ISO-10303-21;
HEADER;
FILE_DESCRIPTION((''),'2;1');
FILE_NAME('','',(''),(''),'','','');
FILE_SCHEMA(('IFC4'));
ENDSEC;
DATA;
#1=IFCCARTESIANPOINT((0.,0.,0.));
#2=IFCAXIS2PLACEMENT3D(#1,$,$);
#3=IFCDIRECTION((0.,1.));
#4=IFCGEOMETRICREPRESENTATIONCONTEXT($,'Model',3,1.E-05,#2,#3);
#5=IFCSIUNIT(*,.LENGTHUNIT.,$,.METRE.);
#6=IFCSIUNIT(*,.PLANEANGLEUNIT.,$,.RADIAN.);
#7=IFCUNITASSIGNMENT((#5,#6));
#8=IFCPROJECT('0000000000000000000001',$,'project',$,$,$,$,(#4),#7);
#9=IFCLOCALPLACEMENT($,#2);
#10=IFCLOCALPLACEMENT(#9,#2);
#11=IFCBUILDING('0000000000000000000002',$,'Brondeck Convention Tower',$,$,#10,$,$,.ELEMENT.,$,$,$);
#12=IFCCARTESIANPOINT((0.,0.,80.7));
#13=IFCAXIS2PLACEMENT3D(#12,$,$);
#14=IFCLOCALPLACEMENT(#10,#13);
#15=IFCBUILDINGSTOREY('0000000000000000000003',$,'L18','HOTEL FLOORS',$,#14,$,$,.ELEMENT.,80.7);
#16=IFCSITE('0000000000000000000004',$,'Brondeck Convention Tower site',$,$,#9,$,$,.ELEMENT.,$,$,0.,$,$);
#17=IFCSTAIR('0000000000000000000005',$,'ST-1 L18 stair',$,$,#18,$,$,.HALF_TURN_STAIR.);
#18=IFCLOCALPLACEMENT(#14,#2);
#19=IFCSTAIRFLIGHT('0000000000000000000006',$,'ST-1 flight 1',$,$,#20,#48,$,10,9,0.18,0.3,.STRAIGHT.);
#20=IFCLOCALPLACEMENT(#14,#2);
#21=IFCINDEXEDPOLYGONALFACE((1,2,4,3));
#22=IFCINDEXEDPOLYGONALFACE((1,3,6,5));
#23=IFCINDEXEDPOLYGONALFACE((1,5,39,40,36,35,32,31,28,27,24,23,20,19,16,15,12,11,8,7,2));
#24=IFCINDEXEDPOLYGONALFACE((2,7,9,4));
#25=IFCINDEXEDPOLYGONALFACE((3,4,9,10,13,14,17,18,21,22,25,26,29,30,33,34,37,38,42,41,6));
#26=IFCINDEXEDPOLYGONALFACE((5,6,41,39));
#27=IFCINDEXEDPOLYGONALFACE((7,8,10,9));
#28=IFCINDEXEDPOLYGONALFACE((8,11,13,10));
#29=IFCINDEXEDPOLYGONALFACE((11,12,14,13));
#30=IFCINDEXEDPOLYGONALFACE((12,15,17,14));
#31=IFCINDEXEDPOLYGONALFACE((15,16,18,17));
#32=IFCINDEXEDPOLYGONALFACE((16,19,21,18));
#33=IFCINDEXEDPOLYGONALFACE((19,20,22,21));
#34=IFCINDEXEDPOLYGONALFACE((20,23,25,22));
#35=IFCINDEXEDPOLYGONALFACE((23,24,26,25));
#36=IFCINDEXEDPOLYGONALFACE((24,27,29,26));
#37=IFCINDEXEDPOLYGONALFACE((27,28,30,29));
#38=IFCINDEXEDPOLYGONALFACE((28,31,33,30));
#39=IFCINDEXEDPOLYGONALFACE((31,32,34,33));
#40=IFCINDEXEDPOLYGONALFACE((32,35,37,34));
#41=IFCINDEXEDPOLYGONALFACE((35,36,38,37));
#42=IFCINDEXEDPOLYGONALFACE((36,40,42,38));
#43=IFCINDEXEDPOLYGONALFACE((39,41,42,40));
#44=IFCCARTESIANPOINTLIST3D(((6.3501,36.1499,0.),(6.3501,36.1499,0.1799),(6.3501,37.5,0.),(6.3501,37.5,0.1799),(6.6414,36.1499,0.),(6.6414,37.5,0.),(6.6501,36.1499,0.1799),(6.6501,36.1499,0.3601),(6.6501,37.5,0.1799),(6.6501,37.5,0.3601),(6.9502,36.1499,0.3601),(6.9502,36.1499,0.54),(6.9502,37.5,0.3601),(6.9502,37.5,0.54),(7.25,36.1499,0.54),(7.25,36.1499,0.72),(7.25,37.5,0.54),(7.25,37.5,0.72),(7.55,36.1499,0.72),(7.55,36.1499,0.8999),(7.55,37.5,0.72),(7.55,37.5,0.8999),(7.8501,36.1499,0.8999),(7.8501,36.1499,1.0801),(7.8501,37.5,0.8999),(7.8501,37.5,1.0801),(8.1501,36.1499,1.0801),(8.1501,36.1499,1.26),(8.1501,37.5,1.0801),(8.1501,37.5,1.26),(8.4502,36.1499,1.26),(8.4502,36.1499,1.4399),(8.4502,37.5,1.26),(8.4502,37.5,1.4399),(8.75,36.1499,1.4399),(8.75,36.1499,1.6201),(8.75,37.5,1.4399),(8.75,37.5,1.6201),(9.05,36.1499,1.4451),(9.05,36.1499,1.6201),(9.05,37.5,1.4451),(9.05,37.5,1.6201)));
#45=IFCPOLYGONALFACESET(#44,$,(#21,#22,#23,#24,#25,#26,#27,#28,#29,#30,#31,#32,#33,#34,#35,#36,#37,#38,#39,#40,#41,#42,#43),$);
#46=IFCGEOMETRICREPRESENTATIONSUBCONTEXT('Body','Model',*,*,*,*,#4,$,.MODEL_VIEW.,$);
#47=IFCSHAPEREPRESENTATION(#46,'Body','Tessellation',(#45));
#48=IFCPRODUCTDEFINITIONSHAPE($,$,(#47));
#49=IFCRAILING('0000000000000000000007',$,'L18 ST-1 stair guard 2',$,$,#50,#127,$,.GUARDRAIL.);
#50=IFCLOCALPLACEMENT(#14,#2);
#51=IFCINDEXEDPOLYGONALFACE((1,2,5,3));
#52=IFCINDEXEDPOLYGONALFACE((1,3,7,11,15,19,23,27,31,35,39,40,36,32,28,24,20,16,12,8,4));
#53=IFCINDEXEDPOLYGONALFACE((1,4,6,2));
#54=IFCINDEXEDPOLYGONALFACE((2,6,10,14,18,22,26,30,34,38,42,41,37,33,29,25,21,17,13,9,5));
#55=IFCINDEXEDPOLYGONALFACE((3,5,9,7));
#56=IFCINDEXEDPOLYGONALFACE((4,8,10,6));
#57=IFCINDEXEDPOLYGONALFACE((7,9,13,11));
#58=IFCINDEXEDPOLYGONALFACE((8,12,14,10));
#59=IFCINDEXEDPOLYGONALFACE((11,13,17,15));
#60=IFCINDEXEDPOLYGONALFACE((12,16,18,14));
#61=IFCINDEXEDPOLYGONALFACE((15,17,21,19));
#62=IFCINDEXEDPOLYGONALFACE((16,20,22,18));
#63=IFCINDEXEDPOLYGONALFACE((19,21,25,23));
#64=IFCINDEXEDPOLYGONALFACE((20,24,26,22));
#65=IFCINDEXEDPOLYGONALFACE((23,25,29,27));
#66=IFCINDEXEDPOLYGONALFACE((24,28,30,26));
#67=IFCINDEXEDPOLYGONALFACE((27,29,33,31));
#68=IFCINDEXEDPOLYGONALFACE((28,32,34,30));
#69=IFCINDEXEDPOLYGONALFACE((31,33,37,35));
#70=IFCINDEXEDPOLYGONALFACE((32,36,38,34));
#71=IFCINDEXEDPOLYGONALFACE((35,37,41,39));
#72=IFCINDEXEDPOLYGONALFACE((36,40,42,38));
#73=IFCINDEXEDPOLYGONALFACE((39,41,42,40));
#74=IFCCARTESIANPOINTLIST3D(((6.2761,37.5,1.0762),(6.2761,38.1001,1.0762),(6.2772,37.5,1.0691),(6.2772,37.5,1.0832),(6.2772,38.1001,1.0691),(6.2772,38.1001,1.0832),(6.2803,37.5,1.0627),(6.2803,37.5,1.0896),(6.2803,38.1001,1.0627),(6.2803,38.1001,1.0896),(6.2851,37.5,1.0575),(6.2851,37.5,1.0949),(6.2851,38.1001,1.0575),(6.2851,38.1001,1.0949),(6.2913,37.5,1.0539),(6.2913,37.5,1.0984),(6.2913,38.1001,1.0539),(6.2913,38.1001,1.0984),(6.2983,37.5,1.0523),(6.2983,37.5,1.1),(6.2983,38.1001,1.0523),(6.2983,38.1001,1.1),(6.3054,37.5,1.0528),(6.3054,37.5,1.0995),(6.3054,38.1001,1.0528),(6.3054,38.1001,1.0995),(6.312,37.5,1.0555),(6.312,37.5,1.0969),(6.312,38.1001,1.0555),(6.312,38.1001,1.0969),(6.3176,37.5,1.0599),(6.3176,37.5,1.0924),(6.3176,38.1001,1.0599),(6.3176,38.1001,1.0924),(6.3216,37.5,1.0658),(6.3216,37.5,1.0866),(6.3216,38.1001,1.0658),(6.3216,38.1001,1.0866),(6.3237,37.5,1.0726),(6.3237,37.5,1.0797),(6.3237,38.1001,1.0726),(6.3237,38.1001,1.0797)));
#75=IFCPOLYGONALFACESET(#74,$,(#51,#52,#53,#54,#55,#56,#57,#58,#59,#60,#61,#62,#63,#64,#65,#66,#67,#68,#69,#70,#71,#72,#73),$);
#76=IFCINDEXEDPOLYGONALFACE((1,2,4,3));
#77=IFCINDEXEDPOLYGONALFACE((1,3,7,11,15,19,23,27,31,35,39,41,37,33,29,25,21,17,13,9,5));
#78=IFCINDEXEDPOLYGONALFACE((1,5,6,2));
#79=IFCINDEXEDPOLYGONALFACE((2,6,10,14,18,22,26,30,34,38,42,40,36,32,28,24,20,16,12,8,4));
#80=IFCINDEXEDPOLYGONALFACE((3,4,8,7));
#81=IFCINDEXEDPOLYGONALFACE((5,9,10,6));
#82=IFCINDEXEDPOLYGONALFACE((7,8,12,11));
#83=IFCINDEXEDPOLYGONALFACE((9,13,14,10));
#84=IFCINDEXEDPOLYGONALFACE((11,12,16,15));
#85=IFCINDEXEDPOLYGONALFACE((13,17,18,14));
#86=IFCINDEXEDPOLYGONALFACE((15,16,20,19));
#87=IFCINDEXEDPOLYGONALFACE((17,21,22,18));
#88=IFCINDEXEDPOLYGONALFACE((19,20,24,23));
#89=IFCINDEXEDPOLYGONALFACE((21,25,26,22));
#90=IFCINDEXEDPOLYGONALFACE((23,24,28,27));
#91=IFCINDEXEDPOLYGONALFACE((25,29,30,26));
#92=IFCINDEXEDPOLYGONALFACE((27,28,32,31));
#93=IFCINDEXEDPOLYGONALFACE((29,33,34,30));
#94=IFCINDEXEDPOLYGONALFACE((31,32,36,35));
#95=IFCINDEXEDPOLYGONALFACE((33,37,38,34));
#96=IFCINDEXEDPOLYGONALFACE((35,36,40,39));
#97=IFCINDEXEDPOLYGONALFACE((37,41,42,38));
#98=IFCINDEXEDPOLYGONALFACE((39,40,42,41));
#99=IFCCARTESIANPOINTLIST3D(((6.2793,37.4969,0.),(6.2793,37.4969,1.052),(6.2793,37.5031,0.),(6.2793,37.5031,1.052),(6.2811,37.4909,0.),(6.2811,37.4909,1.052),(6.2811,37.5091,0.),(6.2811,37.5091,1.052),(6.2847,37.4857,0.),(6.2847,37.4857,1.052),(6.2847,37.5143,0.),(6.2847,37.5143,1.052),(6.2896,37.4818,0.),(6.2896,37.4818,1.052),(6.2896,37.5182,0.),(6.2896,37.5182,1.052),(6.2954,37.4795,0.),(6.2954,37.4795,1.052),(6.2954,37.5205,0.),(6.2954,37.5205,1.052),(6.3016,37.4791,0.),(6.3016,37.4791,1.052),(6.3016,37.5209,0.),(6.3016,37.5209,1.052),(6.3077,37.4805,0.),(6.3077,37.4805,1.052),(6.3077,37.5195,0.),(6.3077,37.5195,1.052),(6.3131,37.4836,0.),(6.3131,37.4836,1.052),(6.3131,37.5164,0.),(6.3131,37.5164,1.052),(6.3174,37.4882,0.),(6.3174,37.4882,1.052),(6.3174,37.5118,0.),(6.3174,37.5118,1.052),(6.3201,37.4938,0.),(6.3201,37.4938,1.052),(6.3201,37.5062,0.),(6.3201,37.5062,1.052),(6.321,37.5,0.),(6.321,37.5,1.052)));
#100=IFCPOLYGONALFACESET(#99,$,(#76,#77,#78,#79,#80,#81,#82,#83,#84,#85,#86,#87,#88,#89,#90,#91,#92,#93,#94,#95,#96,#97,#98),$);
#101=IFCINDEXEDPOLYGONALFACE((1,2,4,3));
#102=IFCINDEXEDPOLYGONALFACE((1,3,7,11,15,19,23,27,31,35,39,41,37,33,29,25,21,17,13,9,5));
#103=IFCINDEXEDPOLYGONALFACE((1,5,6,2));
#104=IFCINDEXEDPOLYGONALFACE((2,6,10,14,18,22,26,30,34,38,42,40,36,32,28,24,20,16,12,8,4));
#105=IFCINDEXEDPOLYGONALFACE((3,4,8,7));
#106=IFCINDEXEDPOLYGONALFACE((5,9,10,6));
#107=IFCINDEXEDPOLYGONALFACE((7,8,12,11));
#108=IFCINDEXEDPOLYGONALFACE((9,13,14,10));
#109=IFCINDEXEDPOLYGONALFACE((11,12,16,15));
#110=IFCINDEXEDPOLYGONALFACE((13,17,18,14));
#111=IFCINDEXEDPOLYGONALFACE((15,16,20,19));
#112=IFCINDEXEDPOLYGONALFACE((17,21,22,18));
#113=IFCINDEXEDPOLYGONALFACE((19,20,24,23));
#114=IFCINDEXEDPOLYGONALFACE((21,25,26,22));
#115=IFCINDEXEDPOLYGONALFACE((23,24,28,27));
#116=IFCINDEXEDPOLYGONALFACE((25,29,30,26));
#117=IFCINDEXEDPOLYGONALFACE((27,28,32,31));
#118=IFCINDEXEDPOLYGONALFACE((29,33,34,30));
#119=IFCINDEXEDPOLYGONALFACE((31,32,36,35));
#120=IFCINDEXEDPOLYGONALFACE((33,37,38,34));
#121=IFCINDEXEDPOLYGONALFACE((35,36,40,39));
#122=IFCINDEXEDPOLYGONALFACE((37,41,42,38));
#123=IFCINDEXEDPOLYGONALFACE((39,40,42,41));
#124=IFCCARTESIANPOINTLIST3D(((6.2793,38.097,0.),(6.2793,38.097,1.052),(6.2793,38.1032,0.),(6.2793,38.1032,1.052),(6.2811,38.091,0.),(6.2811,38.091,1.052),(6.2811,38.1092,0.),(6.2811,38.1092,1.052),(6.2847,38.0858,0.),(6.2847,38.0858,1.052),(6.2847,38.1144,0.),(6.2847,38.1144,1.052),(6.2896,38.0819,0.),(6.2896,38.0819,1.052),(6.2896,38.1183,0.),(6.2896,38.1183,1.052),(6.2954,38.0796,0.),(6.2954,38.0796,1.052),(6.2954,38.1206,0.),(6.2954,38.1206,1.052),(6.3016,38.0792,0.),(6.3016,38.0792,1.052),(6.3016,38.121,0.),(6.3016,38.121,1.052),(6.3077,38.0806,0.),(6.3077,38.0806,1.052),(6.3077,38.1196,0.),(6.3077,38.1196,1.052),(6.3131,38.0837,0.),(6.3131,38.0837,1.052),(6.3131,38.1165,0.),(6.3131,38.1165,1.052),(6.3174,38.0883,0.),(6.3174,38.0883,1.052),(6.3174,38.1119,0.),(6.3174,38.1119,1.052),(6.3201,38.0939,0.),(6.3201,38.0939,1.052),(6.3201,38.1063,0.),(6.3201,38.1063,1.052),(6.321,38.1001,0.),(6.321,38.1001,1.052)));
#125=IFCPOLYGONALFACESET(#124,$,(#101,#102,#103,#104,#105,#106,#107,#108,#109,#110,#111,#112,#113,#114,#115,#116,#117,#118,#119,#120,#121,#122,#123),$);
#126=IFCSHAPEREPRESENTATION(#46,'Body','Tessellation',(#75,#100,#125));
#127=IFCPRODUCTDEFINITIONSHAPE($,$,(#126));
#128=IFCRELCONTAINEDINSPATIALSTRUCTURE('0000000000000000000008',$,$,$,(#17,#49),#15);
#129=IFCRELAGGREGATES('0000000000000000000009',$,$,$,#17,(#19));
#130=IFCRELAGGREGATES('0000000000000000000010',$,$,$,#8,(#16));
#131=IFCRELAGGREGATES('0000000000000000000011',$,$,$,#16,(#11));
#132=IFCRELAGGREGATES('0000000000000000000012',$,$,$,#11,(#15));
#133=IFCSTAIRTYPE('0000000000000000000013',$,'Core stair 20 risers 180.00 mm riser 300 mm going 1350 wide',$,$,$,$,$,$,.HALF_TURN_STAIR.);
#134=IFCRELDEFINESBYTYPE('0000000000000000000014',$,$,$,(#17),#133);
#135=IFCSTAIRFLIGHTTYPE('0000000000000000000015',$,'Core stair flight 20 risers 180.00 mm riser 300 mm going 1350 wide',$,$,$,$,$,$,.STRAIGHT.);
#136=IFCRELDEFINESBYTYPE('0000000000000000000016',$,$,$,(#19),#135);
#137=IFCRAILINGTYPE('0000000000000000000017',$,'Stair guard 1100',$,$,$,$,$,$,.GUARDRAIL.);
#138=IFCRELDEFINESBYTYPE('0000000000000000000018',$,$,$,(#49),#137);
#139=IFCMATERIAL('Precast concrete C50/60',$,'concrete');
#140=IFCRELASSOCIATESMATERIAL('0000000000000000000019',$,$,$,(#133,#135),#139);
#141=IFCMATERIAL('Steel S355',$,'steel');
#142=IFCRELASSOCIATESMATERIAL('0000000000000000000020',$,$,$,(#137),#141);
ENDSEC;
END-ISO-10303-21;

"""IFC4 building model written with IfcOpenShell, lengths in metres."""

from ifc_helpers import new_model, si_unit, direction, frame, origin, origin_2d, place, context, subcontext, project, spatial, polyline, circle, outline, extrude, material, type_object, element, aggregate, save


model = new_model("IFC4")

# Units and contexts
model_context = context("Model", 3, precision=1e-05, world=origin(), true_north=direction((0.0, 1.0)))
body_context = subcontext(model_context, "Body", "Model", "MODEL_VIEW")
ifc_project = project(units=[si_unit("LENGTHUNIT", "METRE"), si_unit("PLANEANGLEUNIT", "RADIAN")], contexts=[model_context])

# Site, building, storey
site_placement = place(None, origin())
site = spatial("IfcSite", under=ifc_project, at=site_placement, Name="Brondeck Convention Tower site", CompositionType="ELEMENT", RefElevation=0.0)
building_placement = place(site_placement, origin())
building = spatial("IfcBuilding", under=site, at=building_placement, Name="Brondeck Convention Tower", CompositionType="ELEMENT")
storey_placement = place(building_placement, frame((0.0, 0.0, 80.7)))
storey = spatial("IfcBuildingStorey", under=building, at=storey_placement, Name="L18", Description="HOTEL FLOORS", CompositionType="ELEMENT", Elevation=80.7)

# Stair, stair flight
ifc_material_1 = material(Name="Precast concrete C50/60", Category="concrete")
stair_type = type_object("IfcStairType", Name="Core stair 20 risers 180.00 mm riser 300 mm going 1350 wide", PredefinedType="HALF_TURN_STAIR", material=ifc_material_1)
stair_placement = place(storey_placement, origin())
stair = element("IfcStair", 1, at=stair_placement, inside=storey, type_object=stair_type, Name="ST-1 L18 stair", PredefinedType="HALF_TURN_STAIR")
stair_flight_type = type_object("IfcStairFlightType", Name="Core stair flight 20 risers 180.00 mm riser 300 mm going 1350 wide", PredefinedType="STRAIGHT", material=ifc_material_1)
stair_flight_placement = place(storey_placement, frame((6.3501, 36.825, 0.0), z_axis=(0.0, 0.0, 1.0), x_axis=(1.0, 0.0, 0.0)))
stair_flight = element("IfcStairFlight", 2, at=stair_flight_placement, type_object=stair_flight_type, Name="ST-1 flight 1", NumberOfRisers=10, NumberOfTreads=9, PredefinedType="STRAIGHT", RiserHeight=0.18, TreadLength=0.3, context=body_context, shape_type="SweptSolid", body=[
    extrude(outline(polyline([(0.0, 0.0), (0.0, 0.1799), (0.3, 0.1799), (0.3, 0.3601), (0.6001, 0.3601), (0.6001, 0.54), (0.8999, 0.54), (0.8999, 0.72), (1.2, 0.72), (1.2, 0.8999), (1.5, 0.8999), (1.5, 1.0801), (1.8, 1.0801), (1.8, 1.26), (2.1001, 1.26), (2.1001, 1.4399), (2.3999, 1.4399), (2.3999, 1.6201), (2.7, 1.6201), (2.7, 1.8), (2.7, 1.4451), (0.2913, 0.0), (0.0, 0.0)])), frame((0.0, 0.675, 0.0), z_axis=(0.0, -1.0, 0.0), x_axis=(1.0, 0.0, 0.0)), (0.0, 0.0, 1.0), 1.3501),
])
aggregate(stair, [stair_flight])

# Railing
ifc_material_2 = material(Name="Steel S355", Category="steel")
railing_type_1 = type_object("IfcRailingType", Name="Stair guard 1100", PredefinedType="GUARDRAIL", material=ifc_material_2)
railing_1_placement = place(storey_placement, frame((6.3, 37.5, 0.0)))
element("IfcRailing", 3, at=railing_1_placement, inside=storey, type_object=railing_type_1, Name="L18 ST-1 stair guard 2", PredefinedType="GUARDRAIL", context=body_context, shape_type="SweptSolid", body=[
    extrude(circle(Radius=0.0239, at=origin_2d()), frame((0.0, 0.0, 1.0762), z_axis=(0.0, 1.0, 0.0), x_axis=(-1.0, 0.0, 0.0)), (0.0, 0.0, 1.0), 0.6001),
    extrude(circle(Radius=0.021, at=origin_2d()), origin(), (0.0, 0.0, 1.0), 1.052),
    extrude(circle(Radius=0.021, at=origin_2d()), frame((0.0, 0.6001, 0.0)), (0.0, 0.0, 1.0), 1.052),
])

save(model, "model.ifc")
